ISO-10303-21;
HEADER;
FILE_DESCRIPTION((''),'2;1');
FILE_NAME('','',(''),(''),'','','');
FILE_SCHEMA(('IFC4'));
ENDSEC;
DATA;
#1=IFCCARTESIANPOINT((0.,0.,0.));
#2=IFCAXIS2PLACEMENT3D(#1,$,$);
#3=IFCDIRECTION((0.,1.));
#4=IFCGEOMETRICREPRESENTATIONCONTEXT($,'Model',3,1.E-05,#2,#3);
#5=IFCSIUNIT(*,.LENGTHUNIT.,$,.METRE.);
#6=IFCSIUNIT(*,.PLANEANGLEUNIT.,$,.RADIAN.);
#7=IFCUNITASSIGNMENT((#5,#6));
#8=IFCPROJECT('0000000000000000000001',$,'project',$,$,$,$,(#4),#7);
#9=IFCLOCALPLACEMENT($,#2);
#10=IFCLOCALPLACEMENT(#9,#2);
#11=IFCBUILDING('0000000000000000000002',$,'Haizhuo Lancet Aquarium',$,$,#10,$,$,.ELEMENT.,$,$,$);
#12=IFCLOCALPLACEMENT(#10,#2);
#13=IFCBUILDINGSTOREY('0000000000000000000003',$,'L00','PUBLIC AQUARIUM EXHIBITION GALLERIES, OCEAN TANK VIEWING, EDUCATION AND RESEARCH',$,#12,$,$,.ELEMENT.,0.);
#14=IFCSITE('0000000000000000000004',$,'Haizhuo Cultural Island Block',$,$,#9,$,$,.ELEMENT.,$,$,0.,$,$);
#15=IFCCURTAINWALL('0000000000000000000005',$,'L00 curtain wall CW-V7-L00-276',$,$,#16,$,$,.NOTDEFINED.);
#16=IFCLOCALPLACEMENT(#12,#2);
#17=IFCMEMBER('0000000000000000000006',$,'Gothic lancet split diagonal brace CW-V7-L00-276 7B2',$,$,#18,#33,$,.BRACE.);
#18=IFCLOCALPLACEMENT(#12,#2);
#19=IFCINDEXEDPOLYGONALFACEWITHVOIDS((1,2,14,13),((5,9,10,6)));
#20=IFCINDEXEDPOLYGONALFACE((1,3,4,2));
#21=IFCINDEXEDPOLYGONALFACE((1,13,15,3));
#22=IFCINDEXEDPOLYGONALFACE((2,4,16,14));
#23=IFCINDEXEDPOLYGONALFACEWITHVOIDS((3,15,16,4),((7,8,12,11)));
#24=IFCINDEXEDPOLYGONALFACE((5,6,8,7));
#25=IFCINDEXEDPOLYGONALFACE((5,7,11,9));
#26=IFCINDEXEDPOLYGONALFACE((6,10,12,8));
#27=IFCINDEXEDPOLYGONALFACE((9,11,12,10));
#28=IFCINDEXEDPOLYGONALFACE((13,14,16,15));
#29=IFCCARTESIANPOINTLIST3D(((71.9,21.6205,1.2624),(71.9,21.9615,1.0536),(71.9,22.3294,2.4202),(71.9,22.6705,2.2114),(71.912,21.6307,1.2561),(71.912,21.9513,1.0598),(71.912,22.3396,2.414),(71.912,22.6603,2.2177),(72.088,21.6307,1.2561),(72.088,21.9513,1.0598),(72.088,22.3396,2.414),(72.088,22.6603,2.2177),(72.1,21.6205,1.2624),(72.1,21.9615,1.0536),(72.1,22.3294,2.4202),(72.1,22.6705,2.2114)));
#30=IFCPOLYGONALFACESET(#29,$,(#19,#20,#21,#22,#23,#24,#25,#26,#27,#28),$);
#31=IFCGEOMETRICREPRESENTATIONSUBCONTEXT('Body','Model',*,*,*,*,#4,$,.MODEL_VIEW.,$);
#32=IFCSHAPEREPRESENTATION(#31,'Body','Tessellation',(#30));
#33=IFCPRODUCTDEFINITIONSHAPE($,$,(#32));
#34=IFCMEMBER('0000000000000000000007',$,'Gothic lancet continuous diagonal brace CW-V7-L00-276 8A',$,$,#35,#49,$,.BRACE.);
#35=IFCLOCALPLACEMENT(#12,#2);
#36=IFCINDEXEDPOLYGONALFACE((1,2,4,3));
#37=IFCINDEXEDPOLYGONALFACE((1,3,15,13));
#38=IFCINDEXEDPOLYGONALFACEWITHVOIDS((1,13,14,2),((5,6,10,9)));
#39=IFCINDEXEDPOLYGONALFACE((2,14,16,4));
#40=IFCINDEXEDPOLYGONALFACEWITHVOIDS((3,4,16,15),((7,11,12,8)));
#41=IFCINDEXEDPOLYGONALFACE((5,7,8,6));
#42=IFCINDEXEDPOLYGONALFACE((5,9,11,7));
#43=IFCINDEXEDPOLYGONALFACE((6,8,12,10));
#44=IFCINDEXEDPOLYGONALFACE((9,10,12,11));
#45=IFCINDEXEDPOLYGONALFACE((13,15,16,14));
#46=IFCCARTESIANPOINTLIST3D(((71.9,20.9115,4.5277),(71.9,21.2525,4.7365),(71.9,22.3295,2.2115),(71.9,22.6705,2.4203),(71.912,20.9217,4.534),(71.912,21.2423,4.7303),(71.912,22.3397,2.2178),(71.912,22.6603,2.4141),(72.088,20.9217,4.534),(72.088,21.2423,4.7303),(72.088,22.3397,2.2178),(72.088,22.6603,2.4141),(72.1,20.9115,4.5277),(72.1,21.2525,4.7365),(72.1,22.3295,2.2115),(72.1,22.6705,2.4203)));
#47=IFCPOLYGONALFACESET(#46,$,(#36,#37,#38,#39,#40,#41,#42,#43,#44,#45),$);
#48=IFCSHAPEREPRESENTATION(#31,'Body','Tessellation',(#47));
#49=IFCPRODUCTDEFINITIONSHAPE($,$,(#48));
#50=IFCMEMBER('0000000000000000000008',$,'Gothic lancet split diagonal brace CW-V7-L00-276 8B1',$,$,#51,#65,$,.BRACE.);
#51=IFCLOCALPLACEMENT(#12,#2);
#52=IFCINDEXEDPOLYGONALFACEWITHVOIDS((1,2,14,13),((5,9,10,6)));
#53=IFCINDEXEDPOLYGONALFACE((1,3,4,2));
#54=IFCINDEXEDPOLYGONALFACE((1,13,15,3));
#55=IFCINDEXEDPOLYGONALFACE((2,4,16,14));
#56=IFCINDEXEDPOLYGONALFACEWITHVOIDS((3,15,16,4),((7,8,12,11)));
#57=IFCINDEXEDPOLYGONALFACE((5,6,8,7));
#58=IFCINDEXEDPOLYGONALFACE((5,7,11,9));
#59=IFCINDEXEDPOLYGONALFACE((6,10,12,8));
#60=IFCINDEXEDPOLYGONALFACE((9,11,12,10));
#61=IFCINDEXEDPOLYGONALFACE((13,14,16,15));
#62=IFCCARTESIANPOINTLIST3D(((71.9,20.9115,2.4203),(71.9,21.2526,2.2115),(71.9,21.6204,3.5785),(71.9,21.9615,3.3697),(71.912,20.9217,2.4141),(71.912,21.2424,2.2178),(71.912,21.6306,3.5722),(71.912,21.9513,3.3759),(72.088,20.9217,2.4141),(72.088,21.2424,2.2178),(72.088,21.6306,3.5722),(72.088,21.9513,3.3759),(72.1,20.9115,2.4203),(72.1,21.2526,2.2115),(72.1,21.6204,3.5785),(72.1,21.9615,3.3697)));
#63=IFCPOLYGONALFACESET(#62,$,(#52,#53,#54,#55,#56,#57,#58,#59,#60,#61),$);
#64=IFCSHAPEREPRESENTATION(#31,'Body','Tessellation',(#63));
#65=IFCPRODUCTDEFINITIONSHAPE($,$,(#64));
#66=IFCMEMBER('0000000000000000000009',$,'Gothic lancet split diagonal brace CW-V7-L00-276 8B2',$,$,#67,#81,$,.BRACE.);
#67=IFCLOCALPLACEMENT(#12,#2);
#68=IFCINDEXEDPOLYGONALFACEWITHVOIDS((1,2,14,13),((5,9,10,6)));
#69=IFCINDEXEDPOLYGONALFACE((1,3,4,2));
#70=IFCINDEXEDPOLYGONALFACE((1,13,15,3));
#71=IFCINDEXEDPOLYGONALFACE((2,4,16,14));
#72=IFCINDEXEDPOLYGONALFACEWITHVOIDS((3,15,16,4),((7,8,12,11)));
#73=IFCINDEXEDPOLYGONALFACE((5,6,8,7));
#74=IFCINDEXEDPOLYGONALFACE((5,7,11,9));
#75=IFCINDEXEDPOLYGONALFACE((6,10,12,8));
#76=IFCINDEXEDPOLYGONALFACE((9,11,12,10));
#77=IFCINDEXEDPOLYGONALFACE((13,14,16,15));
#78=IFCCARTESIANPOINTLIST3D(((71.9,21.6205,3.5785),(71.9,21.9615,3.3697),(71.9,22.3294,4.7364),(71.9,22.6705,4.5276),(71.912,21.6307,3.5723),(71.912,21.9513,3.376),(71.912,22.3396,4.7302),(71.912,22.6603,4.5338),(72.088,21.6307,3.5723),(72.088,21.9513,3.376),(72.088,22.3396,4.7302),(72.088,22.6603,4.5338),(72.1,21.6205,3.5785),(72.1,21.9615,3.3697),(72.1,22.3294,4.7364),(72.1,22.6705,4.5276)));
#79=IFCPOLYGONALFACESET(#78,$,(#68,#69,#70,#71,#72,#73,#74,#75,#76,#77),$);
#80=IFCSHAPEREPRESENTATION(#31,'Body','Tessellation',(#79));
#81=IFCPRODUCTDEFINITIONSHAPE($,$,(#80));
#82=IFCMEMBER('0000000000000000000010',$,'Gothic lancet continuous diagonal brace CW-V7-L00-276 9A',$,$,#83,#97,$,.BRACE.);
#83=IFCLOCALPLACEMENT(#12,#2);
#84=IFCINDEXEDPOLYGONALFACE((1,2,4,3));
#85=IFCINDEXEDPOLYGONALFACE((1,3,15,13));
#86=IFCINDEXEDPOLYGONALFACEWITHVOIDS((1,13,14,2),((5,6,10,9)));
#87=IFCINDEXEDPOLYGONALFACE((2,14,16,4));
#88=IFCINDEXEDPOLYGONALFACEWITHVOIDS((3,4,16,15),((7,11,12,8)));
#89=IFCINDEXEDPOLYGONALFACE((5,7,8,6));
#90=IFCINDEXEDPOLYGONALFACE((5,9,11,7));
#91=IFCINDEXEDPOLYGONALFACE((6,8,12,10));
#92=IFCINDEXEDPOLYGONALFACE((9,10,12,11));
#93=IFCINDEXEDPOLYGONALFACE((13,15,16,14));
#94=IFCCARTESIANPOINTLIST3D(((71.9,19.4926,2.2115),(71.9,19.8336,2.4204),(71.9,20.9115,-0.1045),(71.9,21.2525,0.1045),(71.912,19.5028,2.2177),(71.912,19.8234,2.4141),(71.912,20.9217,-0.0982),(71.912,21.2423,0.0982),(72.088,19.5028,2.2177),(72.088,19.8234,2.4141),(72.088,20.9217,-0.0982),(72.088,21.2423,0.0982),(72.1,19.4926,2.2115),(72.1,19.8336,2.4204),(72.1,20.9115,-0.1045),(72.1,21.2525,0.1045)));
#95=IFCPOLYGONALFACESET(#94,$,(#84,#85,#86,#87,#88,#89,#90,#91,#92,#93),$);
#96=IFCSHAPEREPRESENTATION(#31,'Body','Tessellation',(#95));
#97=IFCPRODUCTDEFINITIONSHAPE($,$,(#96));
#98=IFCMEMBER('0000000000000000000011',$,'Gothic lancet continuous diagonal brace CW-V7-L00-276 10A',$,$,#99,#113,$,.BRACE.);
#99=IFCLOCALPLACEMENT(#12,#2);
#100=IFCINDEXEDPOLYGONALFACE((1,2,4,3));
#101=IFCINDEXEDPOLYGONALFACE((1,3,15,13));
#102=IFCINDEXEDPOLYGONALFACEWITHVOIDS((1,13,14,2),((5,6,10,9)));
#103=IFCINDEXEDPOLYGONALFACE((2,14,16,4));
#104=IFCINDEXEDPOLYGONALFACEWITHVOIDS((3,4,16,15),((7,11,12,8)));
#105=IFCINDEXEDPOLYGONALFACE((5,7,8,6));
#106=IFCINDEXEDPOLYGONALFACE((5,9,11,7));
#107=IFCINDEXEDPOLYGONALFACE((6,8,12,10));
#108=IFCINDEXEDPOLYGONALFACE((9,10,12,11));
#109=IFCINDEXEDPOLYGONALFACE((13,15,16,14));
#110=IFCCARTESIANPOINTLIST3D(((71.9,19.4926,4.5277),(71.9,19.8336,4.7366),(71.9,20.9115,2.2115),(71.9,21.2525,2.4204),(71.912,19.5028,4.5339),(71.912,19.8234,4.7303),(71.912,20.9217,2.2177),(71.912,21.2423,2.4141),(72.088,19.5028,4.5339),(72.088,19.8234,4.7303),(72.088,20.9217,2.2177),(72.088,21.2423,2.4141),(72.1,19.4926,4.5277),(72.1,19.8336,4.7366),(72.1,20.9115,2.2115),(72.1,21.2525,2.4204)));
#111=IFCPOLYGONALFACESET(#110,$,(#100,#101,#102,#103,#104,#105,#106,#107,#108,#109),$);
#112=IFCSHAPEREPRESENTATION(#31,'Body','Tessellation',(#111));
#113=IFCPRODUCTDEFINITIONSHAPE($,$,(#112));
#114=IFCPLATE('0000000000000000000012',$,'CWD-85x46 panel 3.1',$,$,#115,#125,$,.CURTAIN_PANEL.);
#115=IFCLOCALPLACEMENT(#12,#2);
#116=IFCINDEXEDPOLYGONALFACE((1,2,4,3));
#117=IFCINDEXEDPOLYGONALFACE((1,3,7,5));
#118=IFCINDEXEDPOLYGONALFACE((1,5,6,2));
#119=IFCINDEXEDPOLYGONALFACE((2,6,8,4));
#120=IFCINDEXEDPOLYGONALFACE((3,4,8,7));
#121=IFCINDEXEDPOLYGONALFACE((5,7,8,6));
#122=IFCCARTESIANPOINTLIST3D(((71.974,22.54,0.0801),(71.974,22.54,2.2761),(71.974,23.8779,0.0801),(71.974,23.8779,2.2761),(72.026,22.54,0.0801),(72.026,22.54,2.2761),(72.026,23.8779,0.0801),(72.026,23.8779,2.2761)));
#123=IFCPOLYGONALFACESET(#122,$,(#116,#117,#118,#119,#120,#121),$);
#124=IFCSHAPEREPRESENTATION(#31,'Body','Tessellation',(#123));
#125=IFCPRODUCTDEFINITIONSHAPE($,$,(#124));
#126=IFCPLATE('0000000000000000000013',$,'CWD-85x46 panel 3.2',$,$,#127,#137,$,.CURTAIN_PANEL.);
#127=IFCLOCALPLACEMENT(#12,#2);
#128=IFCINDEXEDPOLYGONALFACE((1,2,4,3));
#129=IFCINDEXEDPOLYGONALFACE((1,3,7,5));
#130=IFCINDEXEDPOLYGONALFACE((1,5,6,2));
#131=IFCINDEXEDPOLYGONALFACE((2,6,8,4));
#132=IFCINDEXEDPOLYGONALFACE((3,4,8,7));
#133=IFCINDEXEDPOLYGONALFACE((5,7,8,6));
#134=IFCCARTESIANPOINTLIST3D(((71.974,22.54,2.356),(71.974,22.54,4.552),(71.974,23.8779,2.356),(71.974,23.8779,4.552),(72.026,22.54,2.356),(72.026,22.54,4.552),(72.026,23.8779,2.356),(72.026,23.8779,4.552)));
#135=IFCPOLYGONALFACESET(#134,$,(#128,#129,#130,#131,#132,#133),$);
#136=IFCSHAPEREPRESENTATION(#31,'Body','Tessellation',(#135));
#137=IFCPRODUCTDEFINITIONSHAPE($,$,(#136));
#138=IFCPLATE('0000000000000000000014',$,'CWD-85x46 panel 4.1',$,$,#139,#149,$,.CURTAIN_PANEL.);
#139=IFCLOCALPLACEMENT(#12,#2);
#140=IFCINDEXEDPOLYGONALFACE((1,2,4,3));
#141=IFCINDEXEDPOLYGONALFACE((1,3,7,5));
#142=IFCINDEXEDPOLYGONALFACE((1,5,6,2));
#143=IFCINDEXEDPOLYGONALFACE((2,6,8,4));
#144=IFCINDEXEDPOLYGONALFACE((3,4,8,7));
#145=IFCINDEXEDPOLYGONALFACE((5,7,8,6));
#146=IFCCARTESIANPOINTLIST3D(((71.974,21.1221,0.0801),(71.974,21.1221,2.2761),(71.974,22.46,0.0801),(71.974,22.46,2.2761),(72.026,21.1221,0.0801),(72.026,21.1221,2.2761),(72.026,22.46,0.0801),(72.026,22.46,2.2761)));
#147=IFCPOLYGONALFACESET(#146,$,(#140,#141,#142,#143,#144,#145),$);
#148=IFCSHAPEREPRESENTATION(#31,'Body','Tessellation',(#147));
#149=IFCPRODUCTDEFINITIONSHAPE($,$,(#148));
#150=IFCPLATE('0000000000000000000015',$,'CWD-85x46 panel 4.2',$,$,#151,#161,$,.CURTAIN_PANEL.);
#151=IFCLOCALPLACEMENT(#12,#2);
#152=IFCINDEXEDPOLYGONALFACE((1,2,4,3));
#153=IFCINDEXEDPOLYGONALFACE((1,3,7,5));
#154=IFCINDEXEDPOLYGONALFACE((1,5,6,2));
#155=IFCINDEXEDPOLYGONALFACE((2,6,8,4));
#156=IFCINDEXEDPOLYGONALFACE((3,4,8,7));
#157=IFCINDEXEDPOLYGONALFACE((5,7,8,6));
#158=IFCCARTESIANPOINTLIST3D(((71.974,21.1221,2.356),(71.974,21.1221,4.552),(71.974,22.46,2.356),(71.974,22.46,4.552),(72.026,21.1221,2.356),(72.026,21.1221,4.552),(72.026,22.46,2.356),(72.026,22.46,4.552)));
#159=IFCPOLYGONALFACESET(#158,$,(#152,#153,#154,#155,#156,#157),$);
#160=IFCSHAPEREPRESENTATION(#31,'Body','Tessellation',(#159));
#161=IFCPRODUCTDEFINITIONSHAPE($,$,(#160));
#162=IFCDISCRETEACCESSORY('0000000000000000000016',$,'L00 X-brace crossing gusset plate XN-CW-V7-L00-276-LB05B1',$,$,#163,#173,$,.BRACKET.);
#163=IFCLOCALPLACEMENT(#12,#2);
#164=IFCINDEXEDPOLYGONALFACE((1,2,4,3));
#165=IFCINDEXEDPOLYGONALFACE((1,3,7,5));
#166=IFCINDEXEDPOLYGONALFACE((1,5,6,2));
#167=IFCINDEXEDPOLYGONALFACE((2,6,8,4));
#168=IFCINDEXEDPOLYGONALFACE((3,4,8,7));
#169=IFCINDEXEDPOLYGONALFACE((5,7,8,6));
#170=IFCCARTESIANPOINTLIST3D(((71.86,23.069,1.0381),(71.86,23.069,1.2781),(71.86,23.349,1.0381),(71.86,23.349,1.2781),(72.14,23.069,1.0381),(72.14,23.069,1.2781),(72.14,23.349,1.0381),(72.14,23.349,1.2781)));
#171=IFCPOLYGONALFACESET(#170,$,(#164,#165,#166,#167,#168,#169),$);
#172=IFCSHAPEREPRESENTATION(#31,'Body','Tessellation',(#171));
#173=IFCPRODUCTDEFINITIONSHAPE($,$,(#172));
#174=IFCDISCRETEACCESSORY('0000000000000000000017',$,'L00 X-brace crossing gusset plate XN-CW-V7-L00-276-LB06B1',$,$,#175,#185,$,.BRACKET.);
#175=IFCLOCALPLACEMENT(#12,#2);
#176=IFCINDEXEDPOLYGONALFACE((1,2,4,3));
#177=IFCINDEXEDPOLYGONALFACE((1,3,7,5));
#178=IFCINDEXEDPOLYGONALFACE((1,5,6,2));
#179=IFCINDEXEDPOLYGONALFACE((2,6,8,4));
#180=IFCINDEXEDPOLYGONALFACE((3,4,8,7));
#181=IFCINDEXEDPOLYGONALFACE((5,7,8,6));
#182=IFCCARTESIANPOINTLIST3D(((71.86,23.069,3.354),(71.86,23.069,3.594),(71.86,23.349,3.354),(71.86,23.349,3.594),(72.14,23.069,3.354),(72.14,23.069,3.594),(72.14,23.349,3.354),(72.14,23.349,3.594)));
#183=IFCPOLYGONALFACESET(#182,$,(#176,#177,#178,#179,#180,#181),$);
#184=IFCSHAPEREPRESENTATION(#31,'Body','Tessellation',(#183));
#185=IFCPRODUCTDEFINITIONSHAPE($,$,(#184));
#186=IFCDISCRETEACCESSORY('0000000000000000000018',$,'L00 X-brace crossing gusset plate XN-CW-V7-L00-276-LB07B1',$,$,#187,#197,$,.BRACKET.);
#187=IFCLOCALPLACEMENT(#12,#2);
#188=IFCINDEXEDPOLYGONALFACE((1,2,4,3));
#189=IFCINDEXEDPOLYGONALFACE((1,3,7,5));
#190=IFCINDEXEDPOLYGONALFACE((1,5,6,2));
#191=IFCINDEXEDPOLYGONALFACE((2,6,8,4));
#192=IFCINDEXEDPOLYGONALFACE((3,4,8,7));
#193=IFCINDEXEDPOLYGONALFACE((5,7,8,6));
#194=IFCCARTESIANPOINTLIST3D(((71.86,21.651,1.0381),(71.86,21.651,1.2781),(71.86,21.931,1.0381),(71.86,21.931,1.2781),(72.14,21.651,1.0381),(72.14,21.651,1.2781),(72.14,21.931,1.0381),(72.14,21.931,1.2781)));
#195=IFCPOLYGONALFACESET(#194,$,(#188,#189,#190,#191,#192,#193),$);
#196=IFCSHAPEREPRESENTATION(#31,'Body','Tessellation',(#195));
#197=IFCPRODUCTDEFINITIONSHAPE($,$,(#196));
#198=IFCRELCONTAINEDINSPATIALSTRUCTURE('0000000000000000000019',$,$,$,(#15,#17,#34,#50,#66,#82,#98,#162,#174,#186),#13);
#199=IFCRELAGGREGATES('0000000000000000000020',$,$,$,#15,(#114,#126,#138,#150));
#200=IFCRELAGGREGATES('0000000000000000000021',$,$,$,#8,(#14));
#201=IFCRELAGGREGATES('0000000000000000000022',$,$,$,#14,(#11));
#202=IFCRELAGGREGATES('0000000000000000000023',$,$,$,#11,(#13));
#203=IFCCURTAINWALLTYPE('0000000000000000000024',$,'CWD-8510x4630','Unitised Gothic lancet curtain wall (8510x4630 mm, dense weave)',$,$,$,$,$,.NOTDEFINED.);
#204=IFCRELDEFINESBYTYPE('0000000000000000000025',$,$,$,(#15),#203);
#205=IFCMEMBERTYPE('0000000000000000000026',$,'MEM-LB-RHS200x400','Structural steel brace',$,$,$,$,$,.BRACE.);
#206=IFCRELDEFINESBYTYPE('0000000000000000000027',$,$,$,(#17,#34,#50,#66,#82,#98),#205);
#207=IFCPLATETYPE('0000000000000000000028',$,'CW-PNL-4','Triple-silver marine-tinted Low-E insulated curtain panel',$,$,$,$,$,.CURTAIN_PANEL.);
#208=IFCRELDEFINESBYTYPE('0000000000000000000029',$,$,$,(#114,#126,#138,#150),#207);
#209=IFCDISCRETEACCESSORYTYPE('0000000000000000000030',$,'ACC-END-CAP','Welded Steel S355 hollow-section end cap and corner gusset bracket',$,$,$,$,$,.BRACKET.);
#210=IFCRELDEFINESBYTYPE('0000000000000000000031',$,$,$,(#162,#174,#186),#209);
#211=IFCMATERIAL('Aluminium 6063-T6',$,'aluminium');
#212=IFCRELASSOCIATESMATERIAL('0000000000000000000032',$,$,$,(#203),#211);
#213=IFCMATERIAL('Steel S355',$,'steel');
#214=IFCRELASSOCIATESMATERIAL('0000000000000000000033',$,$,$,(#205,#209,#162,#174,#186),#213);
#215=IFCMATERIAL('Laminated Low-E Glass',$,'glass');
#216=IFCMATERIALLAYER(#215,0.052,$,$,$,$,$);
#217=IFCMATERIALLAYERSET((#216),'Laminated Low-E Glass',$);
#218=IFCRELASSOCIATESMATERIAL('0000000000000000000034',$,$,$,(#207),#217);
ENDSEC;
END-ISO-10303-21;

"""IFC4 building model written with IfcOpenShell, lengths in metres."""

from ifc_helpers import new_model, si_unit, direction, frame, origin, origin_2d, place, context, subcontext, project, spatial, rectangle, hollow_rectangle, extrude, material, layer, layer_set, material_profile, profile_set, type_object, element, aggregate, save


model = new_model("IFC4")

# Units and contexts
model_context = context("Model", 3, precision=1e-05, world=origin(), true_north=direction((0.0, 1.0)))
body_context = subcontext(model_context, "Body", "Model", "MODEL_VIEW")
ifc_project = project(units=[si_unit("LENGTHUNIT", "METRE"), si_unit("PLANEANGLEUNIT", "RADIAN")], contexts=[model_context])

# Site, building, storey
site_placement = place(None, origin())
site = spatial("IfcSite", under=ifc_project, at=site_placement, Name="Haizhuo Cultural Island Block", CompositionType="ELEMENT", RefElevation=0.0)
building_placement = place(site_placement, origin())
building = spatial("IfcBuilding", under=site, at=building_placement, Name="Haizhuo Lancet Aquarium", CompositionType="ELEMENT")
storey_placement = place(building_placement, origin())
storey = spatial("IfcBuildingStorey", under=building, at=storey_placement, Name="L00", Description="PUBLIC AQUARIUM EXHIBITION GALLERIES, OCEAN TANK VIEWING, EDUCATION AND RESEARCH", CompositionType="ELEMENT", Elevation=0.0)

# Curtain wall
ifc_material_1 = material(Name="Aluminium 6063-T6", Category="aluminium")
curtain_wall_type = type_object("IfcCurtainWallType", Name="CWD-8510x4630", Description="Unitised Gothic lancet curtain wall (8510x4630 mm, dense weave)", PredefinedType="NOTDEFINED", material=ifc_material_1)
curtain_wall_placement = place(storey_placement, origin())
curtain_wall = element("IfcCurtainWall", 1, at=curtain_wall_placement, inside=storey, type_object=curtain_wall_type, Name="L00 curtain wall CW-V7-L00-276", PredefinedType="NOTDEFINED")

# Members
ifc_material_2 = material(Name="Steel S355", Category="steel")
ifc_material_profile_1 = material_profile(ifc_material_2, hollow_rectangle(XDim=0.2, YDim=0.3999, WallThickness=0.012, at=origin_2d()), Name="RHS 200x400x12")
ifc_profile_set_1 = profile_set([ifc_material_profile_1], Name="Steel S355")
member_type_1 = type_object("IfcMemberType", Name="MEM-LB-RHS200x400", Description="Structural steel brace", PredefinedType="BRACE", material=ifc_profile_set_1)
for number, where, z_axis, x_axis, name in (
    (2, (72.0, 21.791, 1.158), (0.0, 0.52217, 0.852841), (-1.0, 0.0, 0.0), "Gothic lancet split diagonal brace CW-V7-L00-276 7B2"),
):
    element("IfcMember", number, at=place(storey_placement, frame(where, z_axis=z_axis, x_axis=x_axis)), inside=storey, type_object=member_type_1, Name=name, PredefinedType="BRACE", context=body_context, shape_type="SweptSolid", body=[
        extrude(hollow_rectangle(XDim=0.2, YDim=0.3999, WallThickness=0.012, at=origin_2d()), origin(), (0.0, 0.0, 1.0), 1.3577),
    ])
member_1_placement = place(storey_placement, frame((72.0, 22.5, 2.3159), z_axis=(0.0, -0.52213, 0.852866), x_axis=(1.0, 0.0, 0.0)))
element("IfcMember", 3, at=member_1_placement, inside=storey, type_object=member_type_1, Name="Gothic lancet continuous diagonal brace CW-V7-L00-276 8A", PredefinedType="BRACE", context=body_context, shape_type="SweptSolid", body=[
    extrude(hollow_rectangle(XDim=0.2, YDim=0.3999, WallThickness=0.012, at=origin_2d()), origin(), (0.0, 0.0, 1.0), 2.7158),
])
member_2_placement = place(storey_placement, frame((72.0, 21.082, 2.3159), z_axis=(0.0, 0.52209, 0.852891), x_axis=(-1.0, 0.0, 0.0)))
element("IfcMember", 4, at=member_2_placement, inside=storey, type_object=member_type_1, Name="Gothic lancet split diagonal brace CW-V7-L00-276 8B1", PredefinedType="BRACE", context=body_context, shape_type="SweptSolid", body=[
    extrude(hollow_rectangle(XDim=0.2, YDim=0.3999, WallThickness=0.012, at=origin_2d()), origin(), (0.0, 0.0, 1.0), 1.3579),
])
member_3_placement = place(storey_placement, frame((72.0, 21.791, 3.4741), z_axis=(0.0, 0.52217, 0.852841), x_axis=(-1.0, 0.0, 0.0)))
element("IfcMember", 5, at=member_3_placement, inside=storey, type_object=member_type_1, Name="Gothic lancet split diagonal brace CW-V7-L00-276 8B2", PredefinedType="BRACE", context=body_context, shape_type="SweptSolid", body=[
    extrude(hollow_rectangle(XDim=0.2, YDim=0.3999, WallThickness=0.012, at=origin_2d()), origin(), (0.0, 0.0, 1.0), 1.3577),
])
member_4_placement = place(storey_placement, frame((72.0, 21.082, 0.0), z_axis=(0.0, -0.522431, 0.852681), x_axis=(1.0, 0.0, 0.0)))
element("IfcMember", 6, at=member_4_placement, inside=storey, type_object=member_type_1, Name="Gothic lancet continuous diagonal brace CW-V7-L00-276 9A", PredefinedType="BRACE", context=body_context, shape_type="SweptSolid", body=[
    extrude(hollow_rectangle(XDim=0.2, YDim=0.3999, WallThickness=0.012, at=origin_2d()), origin(), (0.0, 0.0, 1.0), 2.7161),
])
member_5_placement = place(storey_placement, frame((72.0, 21.082, 2.3159), z_axis=(0.0, -0.522391, 0.852706), x_axis=(1.0, 0.0, 0.0)))
element("IfcMember", 7, at=member_5_placement, inside=storey, type_object=member_type_1, Name="Gothic lancet continuous diagonal brace CW-V7-L00-276 10A", PredefinedType="BRACE", context=body_context, shape_type="SweptSolid", body=[
    extrude(hollow_rectangle(XDim=0.2, YDim=0.3999, WallThickness=0.012, at=origin_2d()), origin(), (0.0, 0.0, 1.0), 2.7163),
])

# Plates
ifc_material_3 = material(Name="Laminated Low-E Glass", Category="glass")
ifc_layer = layer(ifc_material_3, 0.052)
ifc_layer_set = layer_set([ifc_layer], Name="Laminated Low-E Glass")
plate_type = type_object("IfcPlateType", Name="CW-PNL-4", Description="Triple-silver marine-tinted Low-E insulated curtain panel", PredefinedType="CURTAIN_PANEL", material=ifc_layer_set)
plate_1_placement = place(storey_placement, frame((72.0, 23.209, 0.0801), z_axis=(0.0, 0.0, 1.0), x_axis=(0.0, -1.0, 0.0)))
plate_1 = element("IfcPlate", 8, at=plate_1_placement, type_object=plate_type, Name="CWD-85x46 panel 3.1", PredefinedType="CURTAIN_PANEL", context=body_context, shape_type="SweptSolid", body=[
    extrude(rectangle(XDim=1.3379, YDim=0.052, at=origin_2d()), origin(), (0.0, 0.0, 1.0), 2.196),
])
plate_2_placement = place(storey_placement, frame((72.0, 23.209, 2.356), z_axis=(0.0, 0.0, 1.0), x_axis=(0.0, -1.0, 0.0)))
plate_2 = element("IfcPlate", 9, at=plate_2_placement, type_object=plate_type, Name="CWD-85x46 panel 3.2", PredefinedType="CURTAIN_PANEL", context=body_context, shape_type="SweptSolid", body=[
    extrude(rectangle(XDim=1.3379, YDim=0.052, at=origin_2d()), origin(), (0.0, 0.0, 1.0), 2.196),
])
plate_3_placement = place(storey_placement, frame((72.0, 21.791, 0.0801), z_axis=(0.0, 0.0, 1.0), x_axis=(0.0, -1.0, 0.0)))
plate_3 = element("IfcPlate", 10, at=plate_3_placement, type_object=plate_type, Name="CWD-85x46 panel 4.1", PredefinedType="CURTAIN_PANEL", context=body_context, shape_type="SweptSolid", body=[
    extrude(rectangle(XDim=1.3379, YDim=0.052, at=origin_2d()), origin(), (0.0, 0.0, 1.0), 2.196),
])
plate_4_placement = place(storey_placement, frame((72.0, 21.791, 2.356), z_axis=(0.0, 0.0, 1.0), x_axis=(0.0, -1.0, 0.0)))
plate_4 = element("IfcPlate", 11, at=plate_4_placement, type_object=plate_type, Name="CWD-85x46 panel 4.2", PredefinedType="CURTAIN_PANEL", context=body_context, shape_type="SweptSolid", body=[
    extrude(rectangle(XDim=1.3379, YDim=0.052, at=origin_2d()), origin(), (0.0, 0.0, 1.0), 2.196),
])
aggregate(curtain_wall, [plate_1, plate_2, plate_3, plate_4])

# Discrete accessories
discrete_accessory_type = type_object("IfcDiscreteAccessoryType", Name="ACC-END-CAP", Description="Welded Steel S355 hollow-section end cap and corner gusset bracket", PredefinedType="BRACKET", material=ifc_material_2)
for number, where, z_axis, x_axis, name in (
    (12, (72.0, 23.209, 1.0381), (0.0, 0.0, 1.0), (1.0, 0.0, 0.0), "L00 X-brace crossing gusset plate XN-CW-V7-L00-276-LB05B1"),
    (13, (72.0, 23.209, 3.354), (0.0, 0.0, 1.0), (1.0, 0.0, 0.0), "L00 X-brace crossing gusset plate XN-CW-V7-L00-276-LB06B1"),
    (14, (72.0, 21.791, 1.0381), (0.0, 0.0, 1.0), (1.0, 0.0, 0.0), "L00 X-brace crossing gusset plate XN-CW-V7-L00-276-LB07B1"),
):
    element("IfcDiscreteAccessory", number, at=place(storey_placement, frame(where, z_axis=z_axis, x_axis=x_axis)), inside=storey, type_object=discrete_accessory_type, material=ifc_material_2, Name=name, PredefinedType="BRACKET", context=body_context, shape_type="SweptSolid", body=[
        extrude(rectangle(XDim=0.28, YDim=0.28, at=origin_2d()), origin(), (0.0, 0.0, 1.0), 0.24),
    ])

save(model, "model.ifc")
